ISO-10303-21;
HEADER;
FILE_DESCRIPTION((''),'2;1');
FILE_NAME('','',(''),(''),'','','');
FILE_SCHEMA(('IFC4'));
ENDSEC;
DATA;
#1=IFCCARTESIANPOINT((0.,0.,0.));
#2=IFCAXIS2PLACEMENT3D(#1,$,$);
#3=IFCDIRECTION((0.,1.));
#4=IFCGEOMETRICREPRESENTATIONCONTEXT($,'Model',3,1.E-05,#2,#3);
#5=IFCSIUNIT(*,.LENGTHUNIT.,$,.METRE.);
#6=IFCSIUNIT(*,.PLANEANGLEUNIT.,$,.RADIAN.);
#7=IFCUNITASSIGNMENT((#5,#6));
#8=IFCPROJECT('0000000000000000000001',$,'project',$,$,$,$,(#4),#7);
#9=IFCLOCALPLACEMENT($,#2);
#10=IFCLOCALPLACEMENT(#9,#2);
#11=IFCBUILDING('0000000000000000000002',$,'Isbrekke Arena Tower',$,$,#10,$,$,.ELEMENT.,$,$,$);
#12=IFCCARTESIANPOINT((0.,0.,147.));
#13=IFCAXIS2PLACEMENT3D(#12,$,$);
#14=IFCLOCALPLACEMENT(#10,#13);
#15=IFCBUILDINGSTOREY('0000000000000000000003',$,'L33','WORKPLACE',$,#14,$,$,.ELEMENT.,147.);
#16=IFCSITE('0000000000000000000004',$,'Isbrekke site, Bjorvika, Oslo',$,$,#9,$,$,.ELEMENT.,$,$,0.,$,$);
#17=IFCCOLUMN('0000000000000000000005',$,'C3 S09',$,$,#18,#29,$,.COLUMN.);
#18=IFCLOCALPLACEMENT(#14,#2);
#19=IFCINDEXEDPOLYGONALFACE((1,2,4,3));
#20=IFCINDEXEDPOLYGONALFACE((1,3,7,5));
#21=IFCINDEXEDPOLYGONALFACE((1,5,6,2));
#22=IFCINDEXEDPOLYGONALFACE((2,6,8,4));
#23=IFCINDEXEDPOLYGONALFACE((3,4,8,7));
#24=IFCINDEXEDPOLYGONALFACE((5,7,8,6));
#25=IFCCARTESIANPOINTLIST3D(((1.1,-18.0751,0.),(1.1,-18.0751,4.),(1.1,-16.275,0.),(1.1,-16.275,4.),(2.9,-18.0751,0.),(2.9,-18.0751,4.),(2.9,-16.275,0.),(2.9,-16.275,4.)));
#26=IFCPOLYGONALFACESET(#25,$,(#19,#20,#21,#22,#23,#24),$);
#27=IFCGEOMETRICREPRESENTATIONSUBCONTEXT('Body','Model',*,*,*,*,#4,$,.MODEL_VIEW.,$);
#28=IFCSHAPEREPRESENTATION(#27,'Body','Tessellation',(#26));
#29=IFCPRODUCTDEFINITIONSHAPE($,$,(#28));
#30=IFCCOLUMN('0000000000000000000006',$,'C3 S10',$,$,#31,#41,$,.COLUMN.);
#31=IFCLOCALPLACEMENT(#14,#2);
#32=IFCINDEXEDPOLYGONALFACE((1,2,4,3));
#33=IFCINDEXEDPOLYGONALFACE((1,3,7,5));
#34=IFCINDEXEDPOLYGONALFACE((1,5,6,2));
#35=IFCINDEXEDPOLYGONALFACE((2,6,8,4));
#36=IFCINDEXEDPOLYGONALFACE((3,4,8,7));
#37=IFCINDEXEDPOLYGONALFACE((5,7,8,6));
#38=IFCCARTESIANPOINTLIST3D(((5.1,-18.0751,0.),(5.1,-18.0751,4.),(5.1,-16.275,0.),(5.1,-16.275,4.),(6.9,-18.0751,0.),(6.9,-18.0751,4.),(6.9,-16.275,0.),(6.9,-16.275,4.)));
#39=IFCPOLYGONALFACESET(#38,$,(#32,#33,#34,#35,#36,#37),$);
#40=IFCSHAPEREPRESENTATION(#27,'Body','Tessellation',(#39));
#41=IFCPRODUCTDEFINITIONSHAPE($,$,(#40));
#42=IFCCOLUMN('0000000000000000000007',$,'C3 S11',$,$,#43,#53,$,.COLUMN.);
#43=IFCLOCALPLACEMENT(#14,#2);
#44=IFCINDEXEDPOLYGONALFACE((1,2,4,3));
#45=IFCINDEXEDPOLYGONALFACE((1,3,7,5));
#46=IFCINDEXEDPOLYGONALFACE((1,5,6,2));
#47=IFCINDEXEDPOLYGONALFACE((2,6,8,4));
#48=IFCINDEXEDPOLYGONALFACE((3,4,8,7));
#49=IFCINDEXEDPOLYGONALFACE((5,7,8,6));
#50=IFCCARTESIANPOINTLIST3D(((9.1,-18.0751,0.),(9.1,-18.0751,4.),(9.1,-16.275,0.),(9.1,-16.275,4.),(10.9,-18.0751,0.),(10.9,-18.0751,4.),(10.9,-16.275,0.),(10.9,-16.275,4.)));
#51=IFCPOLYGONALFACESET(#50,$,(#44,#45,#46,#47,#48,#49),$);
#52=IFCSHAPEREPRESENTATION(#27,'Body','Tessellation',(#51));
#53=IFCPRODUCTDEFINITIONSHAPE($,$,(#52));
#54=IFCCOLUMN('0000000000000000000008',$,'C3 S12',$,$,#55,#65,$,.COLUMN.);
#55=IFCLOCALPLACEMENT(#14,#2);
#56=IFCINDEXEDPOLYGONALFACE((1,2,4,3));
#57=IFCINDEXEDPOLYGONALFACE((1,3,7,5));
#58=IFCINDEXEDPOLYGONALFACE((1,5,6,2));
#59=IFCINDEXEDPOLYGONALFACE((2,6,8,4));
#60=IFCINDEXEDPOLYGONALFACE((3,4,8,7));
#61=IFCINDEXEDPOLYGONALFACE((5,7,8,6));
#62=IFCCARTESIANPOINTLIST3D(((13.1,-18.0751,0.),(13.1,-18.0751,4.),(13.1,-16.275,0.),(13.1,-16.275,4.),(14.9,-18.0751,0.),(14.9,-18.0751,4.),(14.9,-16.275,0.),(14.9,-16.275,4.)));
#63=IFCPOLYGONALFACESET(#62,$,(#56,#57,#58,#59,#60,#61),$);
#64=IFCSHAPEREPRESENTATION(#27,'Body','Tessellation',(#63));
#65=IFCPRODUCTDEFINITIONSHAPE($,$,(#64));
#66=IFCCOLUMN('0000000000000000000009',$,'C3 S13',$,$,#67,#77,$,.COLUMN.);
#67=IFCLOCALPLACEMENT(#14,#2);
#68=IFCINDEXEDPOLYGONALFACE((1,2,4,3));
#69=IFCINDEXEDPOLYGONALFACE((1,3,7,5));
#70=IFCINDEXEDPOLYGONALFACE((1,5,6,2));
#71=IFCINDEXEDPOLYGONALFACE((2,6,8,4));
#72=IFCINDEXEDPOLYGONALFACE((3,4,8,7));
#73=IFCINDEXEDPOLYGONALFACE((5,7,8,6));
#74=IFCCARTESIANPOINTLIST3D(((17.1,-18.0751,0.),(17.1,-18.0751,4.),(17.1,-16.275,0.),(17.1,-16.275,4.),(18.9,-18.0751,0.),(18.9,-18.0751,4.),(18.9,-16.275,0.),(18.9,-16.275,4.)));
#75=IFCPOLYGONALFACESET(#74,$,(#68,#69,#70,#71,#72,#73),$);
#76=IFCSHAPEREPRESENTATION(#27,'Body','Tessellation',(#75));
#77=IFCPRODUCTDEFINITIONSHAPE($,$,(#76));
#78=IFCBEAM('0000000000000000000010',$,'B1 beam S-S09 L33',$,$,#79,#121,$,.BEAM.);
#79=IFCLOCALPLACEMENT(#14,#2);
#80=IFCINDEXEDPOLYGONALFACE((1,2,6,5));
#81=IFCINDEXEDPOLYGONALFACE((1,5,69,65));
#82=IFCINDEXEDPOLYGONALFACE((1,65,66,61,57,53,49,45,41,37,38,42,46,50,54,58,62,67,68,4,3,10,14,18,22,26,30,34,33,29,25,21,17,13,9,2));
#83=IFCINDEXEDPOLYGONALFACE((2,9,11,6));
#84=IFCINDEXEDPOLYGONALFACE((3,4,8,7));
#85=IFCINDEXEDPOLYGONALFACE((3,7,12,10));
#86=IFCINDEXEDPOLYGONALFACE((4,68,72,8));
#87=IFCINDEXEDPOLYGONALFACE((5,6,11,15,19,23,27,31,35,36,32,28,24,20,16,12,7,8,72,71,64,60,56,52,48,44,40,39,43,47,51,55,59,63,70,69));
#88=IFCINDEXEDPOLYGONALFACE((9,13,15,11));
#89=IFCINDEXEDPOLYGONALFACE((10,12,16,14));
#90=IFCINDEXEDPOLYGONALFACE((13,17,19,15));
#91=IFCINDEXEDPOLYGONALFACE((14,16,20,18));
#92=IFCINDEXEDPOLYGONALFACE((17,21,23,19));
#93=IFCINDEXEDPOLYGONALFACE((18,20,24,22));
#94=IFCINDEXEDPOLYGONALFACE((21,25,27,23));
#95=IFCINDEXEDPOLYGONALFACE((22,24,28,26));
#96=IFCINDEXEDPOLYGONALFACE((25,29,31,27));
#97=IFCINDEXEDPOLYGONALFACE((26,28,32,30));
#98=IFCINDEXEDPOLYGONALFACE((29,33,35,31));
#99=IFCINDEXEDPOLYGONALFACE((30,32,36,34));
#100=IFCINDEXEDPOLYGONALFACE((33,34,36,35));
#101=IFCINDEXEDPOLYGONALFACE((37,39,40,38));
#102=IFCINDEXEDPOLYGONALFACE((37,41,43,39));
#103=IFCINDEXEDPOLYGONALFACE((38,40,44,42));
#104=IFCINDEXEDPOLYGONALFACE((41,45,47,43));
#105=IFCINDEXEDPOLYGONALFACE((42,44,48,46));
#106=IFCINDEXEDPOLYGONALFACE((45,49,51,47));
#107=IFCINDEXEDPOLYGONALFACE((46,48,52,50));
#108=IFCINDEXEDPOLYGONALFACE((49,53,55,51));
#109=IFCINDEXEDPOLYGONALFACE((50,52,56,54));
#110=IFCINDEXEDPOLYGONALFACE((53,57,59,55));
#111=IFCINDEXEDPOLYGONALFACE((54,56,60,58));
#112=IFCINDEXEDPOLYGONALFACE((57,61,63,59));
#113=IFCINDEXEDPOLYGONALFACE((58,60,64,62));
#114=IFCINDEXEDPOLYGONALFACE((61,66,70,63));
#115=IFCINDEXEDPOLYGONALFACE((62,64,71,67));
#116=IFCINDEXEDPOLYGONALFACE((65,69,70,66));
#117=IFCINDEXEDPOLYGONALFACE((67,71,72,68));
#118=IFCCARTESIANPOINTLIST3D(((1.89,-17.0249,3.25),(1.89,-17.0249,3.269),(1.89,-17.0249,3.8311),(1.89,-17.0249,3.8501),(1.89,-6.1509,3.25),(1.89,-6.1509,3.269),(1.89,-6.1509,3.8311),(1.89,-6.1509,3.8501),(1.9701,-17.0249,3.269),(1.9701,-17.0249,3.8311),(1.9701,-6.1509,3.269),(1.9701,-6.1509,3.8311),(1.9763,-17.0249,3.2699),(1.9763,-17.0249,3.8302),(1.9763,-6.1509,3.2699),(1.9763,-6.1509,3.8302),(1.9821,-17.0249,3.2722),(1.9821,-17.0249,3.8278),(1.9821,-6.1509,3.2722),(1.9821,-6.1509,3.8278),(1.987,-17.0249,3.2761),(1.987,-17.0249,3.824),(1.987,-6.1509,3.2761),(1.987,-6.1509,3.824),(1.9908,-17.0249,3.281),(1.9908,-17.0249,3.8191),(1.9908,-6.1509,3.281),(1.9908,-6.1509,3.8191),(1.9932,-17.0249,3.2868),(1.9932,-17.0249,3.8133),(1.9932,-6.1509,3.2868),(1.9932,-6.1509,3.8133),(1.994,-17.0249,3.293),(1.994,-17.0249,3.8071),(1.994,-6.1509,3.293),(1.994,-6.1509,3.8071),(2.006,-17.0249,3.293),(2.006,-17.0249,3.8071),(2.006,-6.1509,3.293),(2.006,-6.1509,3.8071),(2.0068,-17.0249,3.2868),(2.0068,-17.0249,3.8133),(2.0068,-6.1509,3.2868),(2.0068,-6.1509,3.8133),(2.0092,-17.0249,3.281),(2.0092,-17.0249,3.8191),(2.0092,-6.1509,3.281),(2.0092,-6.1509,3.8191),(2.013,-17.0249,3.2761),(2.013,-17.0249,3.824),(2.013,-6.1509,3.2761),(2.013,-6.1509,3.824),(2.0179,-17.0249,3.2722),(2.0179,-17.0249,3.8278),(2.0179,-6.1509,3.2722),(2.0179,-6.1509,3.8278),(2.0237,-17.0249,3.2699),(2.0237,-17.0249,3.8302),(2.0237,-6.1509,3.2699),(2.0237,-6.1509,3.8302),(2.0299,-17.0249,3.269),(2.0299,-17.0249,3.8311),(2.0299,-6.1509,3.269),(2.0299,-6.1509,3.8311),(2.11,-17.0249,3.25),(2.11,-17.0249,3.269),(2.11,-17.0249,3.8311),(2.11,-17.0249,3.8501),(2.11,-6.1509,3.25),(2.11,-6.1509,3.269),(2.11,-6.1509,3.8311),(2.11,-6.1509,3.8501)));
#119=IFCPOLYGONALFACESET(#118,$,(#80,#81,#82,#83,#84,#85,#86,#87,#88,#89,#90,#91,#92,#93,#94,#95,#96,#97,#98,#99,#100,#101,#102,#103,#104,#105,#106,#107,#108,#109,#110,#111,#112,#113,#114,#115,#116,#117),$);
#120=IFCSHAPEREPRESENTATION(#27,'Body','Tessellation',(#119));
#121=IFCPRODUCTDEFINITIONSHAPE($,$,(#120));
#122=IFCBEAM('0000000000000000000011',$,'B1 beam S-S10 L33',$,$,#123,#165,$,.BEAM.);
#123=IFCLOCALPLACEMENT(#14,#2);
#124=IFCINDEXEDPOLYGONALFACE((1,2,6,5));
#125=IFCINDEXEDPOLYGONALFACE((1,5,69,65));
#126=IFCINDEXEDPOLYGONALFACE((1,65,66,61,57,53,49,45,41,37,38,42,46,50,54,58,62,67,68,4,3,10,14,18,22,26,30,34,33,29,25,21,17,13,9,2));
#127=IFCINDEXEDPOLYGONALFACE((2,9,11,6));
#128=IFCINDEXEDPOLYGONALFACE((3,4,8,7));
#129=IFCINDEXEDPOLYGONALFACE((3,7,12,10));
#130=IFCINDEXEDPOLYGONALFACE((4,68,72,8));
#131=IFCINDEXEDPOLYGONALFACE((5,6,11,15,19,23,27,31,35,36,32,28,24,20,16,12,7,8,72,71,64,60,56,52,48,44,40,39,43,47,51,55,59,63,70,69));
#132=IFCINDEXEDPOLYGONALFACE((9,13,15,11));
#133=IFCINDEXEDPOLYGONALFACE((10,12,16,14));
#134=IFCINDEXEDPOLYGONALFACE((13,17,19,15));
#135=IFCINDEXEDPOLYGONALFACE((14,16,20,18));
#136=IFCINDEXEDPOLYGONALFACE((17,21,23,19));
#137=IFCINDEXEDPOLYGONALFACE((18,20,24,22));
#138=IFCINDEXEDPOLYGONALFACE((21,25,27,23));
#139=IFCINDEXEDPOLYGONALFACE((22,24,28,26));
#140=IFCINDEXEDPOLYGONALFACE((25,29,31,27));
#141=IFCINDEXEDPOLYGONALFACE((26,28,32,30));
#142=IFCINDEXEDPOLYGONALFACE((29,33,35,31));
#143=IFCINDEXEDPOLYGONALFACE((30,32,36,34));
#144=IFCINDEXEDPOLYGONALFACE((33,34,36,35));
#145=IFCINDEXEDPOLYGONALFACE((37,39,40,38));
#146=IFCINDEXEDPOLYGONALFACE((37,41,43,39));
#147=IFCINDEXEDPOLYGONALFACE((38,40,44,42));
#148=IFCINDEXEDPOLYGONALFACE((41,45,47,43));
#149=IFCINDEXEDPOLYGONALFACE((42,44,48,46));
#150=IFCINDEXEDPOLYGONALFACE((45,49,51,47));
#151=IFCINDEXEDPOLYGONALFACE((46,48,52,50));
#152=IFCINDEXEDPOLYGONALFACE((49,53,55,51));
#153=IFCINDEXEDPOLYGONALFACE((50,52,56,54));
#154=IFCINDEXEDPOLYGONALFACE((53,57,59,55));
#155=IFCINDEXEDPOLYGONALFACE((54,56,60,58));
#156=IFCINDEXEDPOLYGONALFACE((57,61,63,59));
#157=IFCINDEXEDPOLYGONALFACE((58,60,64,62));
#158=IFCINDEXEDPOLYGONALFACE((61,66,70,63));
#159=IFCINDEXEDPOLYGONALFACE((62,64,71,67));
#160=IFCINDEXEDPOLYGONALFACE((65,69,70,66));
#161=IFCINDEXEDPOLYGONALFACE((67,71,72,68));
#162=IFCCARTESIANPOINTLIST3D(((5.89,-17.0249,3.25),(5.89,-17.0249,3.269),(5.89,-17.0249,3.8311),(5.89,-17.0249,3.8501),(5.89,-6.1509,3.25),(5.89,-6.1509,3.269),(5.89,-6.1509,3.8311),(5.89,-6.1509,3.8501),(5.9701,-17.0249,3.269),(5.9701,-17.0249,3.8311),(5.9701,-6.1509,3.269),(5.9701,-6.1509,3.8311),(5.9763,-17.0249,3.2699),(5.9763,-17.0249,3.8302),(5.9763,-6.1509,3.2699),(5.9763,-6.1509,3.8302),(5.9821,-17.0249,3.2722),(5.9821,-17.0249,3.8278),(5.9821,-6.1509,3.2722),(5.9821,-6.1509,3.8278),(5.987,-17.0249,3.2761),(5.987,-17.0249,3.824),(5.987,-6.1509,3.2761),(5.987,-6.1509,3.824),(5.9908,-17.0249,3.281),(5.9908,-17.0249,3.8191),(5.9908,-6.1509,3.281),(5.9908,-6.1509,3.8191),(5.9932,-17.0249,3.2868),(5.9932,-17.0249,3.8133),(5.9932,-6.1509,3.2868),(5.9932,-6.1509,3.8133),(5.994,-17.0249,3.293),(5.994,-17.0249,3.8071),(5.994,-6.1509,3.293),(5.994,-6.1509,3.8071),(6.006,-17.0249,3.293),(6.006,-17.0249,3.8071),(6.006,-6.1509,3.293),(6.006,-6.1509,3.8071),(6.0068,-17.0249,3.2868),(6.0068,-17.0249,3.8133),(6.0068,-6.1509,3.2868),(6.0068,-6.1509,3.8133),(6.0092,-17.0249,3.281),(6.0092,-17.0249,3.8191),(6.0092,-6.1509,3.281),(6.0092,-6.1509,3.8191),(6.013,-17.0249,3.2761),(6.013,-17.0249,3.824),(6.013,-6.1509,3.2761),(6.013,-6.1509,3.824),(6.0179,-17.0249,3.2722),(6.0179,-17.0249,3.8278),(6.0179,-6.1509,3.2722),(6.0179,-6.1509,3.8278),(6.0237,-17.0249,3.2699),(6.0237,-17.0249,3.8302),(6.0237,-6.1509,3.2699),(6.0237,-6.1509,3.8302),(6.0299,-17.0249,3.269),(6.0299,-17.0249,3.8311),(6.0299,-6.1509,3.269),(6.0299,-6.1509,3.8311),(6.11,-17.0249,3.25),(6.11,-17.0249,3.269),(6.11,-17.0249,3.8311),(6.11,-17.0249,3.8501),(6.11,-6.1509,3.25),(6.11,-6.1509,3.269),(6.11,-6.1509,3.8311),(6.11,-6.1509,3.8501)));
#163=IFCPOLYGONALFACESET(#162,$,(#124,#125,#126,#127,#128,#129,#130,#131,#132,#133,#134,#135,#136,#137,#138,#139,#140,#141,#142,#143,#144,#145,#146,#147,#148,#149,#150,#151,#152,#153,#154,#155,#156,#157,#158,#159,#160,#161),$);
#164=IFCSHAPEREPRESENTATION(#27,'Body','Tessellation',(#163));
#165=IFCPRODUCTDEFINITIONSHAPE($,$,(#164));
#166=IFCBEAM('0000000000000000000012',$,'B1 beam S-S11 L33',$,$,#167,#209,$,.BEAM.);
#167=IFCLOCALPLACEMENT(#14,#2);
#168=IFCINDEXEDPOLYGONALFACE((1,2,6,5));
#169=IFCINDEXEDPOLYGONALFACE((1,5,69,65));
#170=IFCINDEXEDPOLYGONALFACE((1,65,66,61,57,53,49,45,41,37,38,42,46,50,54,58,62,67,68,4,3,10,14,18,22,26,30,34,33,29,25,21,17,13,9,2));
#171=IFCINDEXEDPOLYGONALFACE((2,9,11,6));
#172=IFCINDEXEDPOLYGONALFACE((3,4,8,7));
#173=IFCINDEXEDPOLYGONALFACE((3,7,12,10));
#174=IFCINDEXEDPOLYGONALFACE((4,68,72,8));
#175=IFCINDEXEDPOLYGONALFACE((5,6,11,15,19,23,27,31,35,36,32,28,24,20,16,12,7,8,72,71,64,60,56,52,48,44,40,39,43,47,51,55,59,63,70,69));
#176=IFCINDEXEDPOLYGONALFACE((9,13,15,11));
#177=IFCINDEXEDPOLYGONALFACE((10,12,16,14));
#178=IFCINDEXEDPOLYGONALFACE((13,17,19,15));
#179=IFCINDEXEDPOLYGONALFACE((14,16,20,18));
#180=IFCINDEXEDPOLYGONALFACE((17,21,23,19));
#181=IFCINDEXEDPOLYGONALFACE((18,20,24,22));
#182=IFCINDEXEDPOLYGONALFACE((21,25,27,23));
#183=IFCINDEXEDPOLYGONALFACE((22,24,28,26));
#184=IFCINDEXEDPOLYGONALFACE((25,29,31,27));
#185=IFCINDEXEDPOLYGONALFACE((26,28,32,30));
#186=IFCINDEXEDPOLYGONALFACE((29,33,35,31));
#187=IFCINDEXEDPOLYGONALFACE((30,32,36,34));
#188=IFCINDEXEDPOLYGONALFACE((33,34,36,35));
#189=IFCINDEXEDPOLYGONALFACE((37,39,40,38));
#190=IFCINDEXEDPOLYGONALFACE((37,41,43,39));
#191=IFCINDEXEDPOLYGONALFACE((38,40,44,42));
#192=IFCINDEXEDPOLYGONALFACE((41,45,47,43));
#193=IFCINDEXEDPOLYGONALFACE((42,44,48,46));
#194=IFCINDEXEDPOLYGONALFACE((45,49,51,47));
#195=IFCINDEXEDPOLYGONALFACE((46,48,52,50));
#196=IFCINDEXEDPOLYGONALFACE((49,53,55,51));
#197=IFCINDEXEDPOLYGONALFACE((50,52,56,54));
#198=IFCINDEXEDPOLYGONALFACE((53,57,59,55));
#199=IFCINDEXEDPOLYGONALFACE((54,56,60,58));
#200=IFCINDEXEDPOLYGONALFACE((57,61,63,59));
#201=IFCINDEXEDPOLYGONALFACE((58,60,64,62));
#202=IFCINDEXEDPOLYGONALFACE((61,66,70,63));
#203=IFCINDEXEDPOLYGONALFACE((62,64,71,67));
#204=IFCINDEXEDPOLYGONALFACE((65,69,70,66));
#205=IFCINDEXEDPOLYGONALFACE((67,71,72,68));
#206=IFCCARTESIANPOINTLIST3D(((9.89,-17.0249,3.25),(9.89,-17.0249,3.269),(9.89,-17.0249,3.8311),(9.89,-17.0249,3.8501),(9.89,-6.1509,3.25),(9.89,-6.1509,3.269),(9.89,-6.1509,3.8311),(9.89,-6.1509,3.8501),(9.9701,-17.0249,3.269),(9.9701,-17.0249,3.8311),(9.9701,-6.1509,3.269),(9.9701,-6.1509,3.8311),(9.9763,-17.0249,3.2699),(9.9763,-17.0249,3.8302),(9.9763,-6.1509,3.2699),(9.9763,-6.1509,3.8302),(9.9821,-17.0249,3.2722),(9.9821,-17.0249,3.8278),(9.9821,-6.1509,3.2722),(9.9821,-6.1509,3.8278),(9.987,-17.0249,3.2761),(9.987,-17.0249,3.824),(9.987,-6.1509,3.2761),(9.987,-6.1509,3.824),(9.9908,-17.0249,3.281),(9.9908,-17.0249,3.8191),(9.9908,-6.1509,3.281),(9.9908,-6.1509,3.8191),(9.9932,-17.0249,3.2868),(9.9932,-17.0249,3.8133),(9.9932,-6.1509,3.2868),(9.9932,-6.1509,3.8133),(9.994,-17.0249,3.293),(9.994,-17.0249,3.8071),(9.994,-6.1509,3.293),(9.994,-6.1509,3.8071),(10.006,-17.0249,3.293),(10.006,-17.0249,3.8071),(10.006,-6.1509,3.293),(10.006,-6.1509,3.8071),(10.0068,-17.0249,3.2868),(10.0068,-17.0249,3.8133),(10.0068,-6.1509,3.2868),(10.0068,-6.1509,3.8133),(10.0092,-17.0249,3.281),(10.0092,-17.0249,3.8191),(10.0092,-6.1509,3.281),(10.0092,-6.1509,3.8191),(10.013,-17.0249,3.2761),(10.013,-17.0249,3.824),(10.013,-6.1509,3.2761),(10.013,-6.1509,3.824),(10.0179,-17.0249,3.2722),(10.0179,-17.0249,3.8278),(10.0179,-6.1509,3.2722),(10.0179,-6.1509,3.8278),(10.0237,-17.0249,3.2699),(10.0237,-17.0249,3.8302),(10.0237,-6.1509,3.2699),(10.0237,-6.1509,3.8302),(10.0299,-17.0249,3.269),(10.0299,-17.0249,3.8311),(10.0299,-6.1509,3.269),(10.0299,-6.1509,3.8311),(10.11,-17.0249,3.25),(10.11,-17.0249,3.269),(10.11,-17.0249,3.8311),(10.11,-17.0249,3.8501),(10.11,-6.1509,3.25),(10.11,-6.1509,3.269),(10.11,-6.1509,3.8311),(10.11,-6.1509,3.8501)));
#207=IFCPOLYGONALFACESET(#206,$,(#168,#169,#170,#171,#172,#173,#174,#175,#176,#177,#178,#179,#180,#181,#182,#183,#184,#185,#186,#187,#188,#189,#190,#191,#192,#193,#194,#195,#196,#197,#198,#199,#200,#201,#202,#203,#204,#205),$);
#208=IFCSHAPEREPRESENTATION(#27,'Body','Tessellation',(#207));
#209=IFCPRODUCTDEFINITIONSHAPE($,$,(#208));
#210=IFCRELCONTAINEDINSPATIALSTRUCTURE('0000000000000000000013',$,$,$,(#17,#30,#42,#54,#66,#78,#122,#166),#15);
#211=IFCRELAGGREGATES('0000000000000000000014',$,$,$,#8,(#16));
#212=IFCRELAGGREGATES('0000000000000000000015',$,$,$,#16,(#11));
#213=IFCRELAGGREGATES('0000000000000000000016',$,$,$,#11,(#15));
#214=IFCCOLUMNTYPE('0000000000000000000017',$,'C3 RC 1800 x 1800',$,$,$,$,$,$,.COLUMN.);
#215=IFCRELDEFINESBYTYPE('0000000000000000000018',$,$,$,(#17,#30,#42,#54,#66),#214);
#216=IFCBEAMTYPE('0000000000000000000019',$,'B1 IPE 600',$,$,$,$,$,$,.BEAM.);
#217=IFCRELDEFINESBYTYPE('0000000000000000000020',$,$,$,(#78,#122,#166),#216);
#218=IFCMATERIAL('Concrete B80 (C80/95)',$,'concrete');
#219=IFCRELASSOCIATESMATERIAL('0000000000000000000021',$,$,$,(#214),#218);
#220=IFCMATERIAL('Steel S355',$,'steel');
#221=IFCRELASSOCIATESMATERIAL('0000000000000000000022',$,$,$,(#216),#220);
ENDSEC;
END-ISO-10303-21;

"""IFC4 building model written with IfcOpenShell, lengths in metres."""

from ifc_helpers import new_model, si_unit, direction, frame, origin, origin_2d, place, context, subcontext, project, spatial, rectangle, i_section, extrude, material, material_profile, profile_set, type_object, element, save


model = new_model("IFC4")

# Units and contexts
model_context = context("Model", 3, precision=1e-05, world=origin(), true_north=direction((0.0, 1.0)))
body_context = subcontext(model_context, "Body", "Model", "MODEL_VIEW")
ifc_project = project(units=[si_unit("LENGTHUNIT", "METRE"), si_unit("PLANEANGLEUNIT", "RADIAN")], contexts=[model_context])

# Site, building, storey
site_placement = place(None, origin())
site = spatial("IfcSite", under=ifc_project, at=site_placement, Name="Isbrekke site, Bjorvika, Oslo", CompositionType="ELEMENT", RefElevation=0.0)
building_placement = place(site_placement, origin())
building = spatial("IfcBuilding", under=site, at=building_placement, Name="Isbrekke Arena Tower", CompositionType="ELEMENT")
storey_placement = place(building_placement, frame((0.0, 0.0, 147.0)))
storey = spatial("IfcBuildingStorey", under=building, at=storey_placement, Name="L33", Description="WORKPLACE", CompositionType="ELEMENT", Elevation=147.0)

# Columns
ifc_material_1 = material(Name="Concrete B80 (C80/95)", Category="concrete")
ifc_material_profile_1 = material_profile(ifc_material_1, rectangle(XDim=1.8, YDim=1.8, at=origin_2d()), Name="RC 1800x1800")
ifc_profile_set_1 = profile_set([ifc_material_profile_1], Name="Concrete B80 (C80/95)")
column_type = type_object("IfcColumnType", Name="C3 RC 1800 x 1800", PredefinedType="COLUMN", material=ifc_profile_set_1)
for number, where, z_axis, x_axis, name in (
    (1, (2.0, -17.175, 0.0), (0.0, 0.0, 1.0), (1.0, 0.0, 0.0), "C3 S09"),
    (2, (6.0, -17.175, 0.0), (0.0, 0.0, 1.0), (1.0, 0.0, 0.0), "C3 S10"),
    (3, (10.0, -17.175, 0.0), (0.0, 0.0, 1.0), (1.0, 0.0, 0.0), "C3 S11"),
    (4, (14.0, -17.175, 0.0), (0.0, 0.0, 1.0), (1.0, 0.0, 0.0), "C3 S12"),
    (5, (18.0, -17.175, 0.0), (0.0, 0.0, 1.0), (1.0, 0.0, 0.0), "C3 S13"),
):
    element("IfcColumn", number, at=place(storey_placement, frame(where, z_axis=z_axis, x_axis=x_axis)), inside=storey, type_object=column_type, Name=name, PredefinedType="COLUMN", context=body_context, shape_type="SweptSolid", body=[
        extrude(rectangle(XDim=1.8, YDim=1.8, at=origin_2d()), origin(), (0.0, 0.0, 1.0), 4.0),
    ])

# Beams
ifc_material_2 = material(Name="Steel S355", Category="steel")
ifc_material_profile_2 = material_profile(ifc_material_2, i_section(OverallWidth=0.22, OverallDepth=0.6001, WebThickness=0.012, FlangeThickness=0.019, FilletRadius=0.0239, at=origin_2d()), Name="IPE 600")
ifc_profile_set_2 = profile_set([ifc_material_profile_2], Name="Steel S355")
beam_type_1 = type_object("IfcBeamType", Name="B1 IPE 600", PredefinedType="BEAM", material=ifc_profile_set_2)
for number, where, z_axis, x_axis, name in (
    (6, (2.0, -17.0249, 3.55), (0.0, 1.0, 0.0), (-1.0, 0.0, 0.0), "B1 beam S-S09 L33"),
    (7, (6.0, -17.0249, 3.55), (0.0, 1.0, 0.0), (-1.0, 0.0, 0.0), "B1 beam S-S10 L33"),
    (8, (10.0, -17.0249, 3.55), (0.0, 1.0, 0.0), (-1.0, 0.0, 0.0), "B1 beam S-S11 L33"),
):
    element("IfcBeam", number, at=place(storey_placement, frame(where, z_axis=z_axis, x_axis=x_axis)), inside=storey, type_object=beam_type_1, Name=name, PredefinedType="BEAM", context=body_context, shape_type="SweptSolid", body=[
        extrude(i_section(OverallWidth=0.22, OverallDepth=0.6001, WebThickness=0.012, FlangeThickness=0.019, FilletRadius=0.0239, at=origin_2d()), origin(), (0.0, 0.0, 1.0), 10.874),
    ])

save(model, "model.ifc")
